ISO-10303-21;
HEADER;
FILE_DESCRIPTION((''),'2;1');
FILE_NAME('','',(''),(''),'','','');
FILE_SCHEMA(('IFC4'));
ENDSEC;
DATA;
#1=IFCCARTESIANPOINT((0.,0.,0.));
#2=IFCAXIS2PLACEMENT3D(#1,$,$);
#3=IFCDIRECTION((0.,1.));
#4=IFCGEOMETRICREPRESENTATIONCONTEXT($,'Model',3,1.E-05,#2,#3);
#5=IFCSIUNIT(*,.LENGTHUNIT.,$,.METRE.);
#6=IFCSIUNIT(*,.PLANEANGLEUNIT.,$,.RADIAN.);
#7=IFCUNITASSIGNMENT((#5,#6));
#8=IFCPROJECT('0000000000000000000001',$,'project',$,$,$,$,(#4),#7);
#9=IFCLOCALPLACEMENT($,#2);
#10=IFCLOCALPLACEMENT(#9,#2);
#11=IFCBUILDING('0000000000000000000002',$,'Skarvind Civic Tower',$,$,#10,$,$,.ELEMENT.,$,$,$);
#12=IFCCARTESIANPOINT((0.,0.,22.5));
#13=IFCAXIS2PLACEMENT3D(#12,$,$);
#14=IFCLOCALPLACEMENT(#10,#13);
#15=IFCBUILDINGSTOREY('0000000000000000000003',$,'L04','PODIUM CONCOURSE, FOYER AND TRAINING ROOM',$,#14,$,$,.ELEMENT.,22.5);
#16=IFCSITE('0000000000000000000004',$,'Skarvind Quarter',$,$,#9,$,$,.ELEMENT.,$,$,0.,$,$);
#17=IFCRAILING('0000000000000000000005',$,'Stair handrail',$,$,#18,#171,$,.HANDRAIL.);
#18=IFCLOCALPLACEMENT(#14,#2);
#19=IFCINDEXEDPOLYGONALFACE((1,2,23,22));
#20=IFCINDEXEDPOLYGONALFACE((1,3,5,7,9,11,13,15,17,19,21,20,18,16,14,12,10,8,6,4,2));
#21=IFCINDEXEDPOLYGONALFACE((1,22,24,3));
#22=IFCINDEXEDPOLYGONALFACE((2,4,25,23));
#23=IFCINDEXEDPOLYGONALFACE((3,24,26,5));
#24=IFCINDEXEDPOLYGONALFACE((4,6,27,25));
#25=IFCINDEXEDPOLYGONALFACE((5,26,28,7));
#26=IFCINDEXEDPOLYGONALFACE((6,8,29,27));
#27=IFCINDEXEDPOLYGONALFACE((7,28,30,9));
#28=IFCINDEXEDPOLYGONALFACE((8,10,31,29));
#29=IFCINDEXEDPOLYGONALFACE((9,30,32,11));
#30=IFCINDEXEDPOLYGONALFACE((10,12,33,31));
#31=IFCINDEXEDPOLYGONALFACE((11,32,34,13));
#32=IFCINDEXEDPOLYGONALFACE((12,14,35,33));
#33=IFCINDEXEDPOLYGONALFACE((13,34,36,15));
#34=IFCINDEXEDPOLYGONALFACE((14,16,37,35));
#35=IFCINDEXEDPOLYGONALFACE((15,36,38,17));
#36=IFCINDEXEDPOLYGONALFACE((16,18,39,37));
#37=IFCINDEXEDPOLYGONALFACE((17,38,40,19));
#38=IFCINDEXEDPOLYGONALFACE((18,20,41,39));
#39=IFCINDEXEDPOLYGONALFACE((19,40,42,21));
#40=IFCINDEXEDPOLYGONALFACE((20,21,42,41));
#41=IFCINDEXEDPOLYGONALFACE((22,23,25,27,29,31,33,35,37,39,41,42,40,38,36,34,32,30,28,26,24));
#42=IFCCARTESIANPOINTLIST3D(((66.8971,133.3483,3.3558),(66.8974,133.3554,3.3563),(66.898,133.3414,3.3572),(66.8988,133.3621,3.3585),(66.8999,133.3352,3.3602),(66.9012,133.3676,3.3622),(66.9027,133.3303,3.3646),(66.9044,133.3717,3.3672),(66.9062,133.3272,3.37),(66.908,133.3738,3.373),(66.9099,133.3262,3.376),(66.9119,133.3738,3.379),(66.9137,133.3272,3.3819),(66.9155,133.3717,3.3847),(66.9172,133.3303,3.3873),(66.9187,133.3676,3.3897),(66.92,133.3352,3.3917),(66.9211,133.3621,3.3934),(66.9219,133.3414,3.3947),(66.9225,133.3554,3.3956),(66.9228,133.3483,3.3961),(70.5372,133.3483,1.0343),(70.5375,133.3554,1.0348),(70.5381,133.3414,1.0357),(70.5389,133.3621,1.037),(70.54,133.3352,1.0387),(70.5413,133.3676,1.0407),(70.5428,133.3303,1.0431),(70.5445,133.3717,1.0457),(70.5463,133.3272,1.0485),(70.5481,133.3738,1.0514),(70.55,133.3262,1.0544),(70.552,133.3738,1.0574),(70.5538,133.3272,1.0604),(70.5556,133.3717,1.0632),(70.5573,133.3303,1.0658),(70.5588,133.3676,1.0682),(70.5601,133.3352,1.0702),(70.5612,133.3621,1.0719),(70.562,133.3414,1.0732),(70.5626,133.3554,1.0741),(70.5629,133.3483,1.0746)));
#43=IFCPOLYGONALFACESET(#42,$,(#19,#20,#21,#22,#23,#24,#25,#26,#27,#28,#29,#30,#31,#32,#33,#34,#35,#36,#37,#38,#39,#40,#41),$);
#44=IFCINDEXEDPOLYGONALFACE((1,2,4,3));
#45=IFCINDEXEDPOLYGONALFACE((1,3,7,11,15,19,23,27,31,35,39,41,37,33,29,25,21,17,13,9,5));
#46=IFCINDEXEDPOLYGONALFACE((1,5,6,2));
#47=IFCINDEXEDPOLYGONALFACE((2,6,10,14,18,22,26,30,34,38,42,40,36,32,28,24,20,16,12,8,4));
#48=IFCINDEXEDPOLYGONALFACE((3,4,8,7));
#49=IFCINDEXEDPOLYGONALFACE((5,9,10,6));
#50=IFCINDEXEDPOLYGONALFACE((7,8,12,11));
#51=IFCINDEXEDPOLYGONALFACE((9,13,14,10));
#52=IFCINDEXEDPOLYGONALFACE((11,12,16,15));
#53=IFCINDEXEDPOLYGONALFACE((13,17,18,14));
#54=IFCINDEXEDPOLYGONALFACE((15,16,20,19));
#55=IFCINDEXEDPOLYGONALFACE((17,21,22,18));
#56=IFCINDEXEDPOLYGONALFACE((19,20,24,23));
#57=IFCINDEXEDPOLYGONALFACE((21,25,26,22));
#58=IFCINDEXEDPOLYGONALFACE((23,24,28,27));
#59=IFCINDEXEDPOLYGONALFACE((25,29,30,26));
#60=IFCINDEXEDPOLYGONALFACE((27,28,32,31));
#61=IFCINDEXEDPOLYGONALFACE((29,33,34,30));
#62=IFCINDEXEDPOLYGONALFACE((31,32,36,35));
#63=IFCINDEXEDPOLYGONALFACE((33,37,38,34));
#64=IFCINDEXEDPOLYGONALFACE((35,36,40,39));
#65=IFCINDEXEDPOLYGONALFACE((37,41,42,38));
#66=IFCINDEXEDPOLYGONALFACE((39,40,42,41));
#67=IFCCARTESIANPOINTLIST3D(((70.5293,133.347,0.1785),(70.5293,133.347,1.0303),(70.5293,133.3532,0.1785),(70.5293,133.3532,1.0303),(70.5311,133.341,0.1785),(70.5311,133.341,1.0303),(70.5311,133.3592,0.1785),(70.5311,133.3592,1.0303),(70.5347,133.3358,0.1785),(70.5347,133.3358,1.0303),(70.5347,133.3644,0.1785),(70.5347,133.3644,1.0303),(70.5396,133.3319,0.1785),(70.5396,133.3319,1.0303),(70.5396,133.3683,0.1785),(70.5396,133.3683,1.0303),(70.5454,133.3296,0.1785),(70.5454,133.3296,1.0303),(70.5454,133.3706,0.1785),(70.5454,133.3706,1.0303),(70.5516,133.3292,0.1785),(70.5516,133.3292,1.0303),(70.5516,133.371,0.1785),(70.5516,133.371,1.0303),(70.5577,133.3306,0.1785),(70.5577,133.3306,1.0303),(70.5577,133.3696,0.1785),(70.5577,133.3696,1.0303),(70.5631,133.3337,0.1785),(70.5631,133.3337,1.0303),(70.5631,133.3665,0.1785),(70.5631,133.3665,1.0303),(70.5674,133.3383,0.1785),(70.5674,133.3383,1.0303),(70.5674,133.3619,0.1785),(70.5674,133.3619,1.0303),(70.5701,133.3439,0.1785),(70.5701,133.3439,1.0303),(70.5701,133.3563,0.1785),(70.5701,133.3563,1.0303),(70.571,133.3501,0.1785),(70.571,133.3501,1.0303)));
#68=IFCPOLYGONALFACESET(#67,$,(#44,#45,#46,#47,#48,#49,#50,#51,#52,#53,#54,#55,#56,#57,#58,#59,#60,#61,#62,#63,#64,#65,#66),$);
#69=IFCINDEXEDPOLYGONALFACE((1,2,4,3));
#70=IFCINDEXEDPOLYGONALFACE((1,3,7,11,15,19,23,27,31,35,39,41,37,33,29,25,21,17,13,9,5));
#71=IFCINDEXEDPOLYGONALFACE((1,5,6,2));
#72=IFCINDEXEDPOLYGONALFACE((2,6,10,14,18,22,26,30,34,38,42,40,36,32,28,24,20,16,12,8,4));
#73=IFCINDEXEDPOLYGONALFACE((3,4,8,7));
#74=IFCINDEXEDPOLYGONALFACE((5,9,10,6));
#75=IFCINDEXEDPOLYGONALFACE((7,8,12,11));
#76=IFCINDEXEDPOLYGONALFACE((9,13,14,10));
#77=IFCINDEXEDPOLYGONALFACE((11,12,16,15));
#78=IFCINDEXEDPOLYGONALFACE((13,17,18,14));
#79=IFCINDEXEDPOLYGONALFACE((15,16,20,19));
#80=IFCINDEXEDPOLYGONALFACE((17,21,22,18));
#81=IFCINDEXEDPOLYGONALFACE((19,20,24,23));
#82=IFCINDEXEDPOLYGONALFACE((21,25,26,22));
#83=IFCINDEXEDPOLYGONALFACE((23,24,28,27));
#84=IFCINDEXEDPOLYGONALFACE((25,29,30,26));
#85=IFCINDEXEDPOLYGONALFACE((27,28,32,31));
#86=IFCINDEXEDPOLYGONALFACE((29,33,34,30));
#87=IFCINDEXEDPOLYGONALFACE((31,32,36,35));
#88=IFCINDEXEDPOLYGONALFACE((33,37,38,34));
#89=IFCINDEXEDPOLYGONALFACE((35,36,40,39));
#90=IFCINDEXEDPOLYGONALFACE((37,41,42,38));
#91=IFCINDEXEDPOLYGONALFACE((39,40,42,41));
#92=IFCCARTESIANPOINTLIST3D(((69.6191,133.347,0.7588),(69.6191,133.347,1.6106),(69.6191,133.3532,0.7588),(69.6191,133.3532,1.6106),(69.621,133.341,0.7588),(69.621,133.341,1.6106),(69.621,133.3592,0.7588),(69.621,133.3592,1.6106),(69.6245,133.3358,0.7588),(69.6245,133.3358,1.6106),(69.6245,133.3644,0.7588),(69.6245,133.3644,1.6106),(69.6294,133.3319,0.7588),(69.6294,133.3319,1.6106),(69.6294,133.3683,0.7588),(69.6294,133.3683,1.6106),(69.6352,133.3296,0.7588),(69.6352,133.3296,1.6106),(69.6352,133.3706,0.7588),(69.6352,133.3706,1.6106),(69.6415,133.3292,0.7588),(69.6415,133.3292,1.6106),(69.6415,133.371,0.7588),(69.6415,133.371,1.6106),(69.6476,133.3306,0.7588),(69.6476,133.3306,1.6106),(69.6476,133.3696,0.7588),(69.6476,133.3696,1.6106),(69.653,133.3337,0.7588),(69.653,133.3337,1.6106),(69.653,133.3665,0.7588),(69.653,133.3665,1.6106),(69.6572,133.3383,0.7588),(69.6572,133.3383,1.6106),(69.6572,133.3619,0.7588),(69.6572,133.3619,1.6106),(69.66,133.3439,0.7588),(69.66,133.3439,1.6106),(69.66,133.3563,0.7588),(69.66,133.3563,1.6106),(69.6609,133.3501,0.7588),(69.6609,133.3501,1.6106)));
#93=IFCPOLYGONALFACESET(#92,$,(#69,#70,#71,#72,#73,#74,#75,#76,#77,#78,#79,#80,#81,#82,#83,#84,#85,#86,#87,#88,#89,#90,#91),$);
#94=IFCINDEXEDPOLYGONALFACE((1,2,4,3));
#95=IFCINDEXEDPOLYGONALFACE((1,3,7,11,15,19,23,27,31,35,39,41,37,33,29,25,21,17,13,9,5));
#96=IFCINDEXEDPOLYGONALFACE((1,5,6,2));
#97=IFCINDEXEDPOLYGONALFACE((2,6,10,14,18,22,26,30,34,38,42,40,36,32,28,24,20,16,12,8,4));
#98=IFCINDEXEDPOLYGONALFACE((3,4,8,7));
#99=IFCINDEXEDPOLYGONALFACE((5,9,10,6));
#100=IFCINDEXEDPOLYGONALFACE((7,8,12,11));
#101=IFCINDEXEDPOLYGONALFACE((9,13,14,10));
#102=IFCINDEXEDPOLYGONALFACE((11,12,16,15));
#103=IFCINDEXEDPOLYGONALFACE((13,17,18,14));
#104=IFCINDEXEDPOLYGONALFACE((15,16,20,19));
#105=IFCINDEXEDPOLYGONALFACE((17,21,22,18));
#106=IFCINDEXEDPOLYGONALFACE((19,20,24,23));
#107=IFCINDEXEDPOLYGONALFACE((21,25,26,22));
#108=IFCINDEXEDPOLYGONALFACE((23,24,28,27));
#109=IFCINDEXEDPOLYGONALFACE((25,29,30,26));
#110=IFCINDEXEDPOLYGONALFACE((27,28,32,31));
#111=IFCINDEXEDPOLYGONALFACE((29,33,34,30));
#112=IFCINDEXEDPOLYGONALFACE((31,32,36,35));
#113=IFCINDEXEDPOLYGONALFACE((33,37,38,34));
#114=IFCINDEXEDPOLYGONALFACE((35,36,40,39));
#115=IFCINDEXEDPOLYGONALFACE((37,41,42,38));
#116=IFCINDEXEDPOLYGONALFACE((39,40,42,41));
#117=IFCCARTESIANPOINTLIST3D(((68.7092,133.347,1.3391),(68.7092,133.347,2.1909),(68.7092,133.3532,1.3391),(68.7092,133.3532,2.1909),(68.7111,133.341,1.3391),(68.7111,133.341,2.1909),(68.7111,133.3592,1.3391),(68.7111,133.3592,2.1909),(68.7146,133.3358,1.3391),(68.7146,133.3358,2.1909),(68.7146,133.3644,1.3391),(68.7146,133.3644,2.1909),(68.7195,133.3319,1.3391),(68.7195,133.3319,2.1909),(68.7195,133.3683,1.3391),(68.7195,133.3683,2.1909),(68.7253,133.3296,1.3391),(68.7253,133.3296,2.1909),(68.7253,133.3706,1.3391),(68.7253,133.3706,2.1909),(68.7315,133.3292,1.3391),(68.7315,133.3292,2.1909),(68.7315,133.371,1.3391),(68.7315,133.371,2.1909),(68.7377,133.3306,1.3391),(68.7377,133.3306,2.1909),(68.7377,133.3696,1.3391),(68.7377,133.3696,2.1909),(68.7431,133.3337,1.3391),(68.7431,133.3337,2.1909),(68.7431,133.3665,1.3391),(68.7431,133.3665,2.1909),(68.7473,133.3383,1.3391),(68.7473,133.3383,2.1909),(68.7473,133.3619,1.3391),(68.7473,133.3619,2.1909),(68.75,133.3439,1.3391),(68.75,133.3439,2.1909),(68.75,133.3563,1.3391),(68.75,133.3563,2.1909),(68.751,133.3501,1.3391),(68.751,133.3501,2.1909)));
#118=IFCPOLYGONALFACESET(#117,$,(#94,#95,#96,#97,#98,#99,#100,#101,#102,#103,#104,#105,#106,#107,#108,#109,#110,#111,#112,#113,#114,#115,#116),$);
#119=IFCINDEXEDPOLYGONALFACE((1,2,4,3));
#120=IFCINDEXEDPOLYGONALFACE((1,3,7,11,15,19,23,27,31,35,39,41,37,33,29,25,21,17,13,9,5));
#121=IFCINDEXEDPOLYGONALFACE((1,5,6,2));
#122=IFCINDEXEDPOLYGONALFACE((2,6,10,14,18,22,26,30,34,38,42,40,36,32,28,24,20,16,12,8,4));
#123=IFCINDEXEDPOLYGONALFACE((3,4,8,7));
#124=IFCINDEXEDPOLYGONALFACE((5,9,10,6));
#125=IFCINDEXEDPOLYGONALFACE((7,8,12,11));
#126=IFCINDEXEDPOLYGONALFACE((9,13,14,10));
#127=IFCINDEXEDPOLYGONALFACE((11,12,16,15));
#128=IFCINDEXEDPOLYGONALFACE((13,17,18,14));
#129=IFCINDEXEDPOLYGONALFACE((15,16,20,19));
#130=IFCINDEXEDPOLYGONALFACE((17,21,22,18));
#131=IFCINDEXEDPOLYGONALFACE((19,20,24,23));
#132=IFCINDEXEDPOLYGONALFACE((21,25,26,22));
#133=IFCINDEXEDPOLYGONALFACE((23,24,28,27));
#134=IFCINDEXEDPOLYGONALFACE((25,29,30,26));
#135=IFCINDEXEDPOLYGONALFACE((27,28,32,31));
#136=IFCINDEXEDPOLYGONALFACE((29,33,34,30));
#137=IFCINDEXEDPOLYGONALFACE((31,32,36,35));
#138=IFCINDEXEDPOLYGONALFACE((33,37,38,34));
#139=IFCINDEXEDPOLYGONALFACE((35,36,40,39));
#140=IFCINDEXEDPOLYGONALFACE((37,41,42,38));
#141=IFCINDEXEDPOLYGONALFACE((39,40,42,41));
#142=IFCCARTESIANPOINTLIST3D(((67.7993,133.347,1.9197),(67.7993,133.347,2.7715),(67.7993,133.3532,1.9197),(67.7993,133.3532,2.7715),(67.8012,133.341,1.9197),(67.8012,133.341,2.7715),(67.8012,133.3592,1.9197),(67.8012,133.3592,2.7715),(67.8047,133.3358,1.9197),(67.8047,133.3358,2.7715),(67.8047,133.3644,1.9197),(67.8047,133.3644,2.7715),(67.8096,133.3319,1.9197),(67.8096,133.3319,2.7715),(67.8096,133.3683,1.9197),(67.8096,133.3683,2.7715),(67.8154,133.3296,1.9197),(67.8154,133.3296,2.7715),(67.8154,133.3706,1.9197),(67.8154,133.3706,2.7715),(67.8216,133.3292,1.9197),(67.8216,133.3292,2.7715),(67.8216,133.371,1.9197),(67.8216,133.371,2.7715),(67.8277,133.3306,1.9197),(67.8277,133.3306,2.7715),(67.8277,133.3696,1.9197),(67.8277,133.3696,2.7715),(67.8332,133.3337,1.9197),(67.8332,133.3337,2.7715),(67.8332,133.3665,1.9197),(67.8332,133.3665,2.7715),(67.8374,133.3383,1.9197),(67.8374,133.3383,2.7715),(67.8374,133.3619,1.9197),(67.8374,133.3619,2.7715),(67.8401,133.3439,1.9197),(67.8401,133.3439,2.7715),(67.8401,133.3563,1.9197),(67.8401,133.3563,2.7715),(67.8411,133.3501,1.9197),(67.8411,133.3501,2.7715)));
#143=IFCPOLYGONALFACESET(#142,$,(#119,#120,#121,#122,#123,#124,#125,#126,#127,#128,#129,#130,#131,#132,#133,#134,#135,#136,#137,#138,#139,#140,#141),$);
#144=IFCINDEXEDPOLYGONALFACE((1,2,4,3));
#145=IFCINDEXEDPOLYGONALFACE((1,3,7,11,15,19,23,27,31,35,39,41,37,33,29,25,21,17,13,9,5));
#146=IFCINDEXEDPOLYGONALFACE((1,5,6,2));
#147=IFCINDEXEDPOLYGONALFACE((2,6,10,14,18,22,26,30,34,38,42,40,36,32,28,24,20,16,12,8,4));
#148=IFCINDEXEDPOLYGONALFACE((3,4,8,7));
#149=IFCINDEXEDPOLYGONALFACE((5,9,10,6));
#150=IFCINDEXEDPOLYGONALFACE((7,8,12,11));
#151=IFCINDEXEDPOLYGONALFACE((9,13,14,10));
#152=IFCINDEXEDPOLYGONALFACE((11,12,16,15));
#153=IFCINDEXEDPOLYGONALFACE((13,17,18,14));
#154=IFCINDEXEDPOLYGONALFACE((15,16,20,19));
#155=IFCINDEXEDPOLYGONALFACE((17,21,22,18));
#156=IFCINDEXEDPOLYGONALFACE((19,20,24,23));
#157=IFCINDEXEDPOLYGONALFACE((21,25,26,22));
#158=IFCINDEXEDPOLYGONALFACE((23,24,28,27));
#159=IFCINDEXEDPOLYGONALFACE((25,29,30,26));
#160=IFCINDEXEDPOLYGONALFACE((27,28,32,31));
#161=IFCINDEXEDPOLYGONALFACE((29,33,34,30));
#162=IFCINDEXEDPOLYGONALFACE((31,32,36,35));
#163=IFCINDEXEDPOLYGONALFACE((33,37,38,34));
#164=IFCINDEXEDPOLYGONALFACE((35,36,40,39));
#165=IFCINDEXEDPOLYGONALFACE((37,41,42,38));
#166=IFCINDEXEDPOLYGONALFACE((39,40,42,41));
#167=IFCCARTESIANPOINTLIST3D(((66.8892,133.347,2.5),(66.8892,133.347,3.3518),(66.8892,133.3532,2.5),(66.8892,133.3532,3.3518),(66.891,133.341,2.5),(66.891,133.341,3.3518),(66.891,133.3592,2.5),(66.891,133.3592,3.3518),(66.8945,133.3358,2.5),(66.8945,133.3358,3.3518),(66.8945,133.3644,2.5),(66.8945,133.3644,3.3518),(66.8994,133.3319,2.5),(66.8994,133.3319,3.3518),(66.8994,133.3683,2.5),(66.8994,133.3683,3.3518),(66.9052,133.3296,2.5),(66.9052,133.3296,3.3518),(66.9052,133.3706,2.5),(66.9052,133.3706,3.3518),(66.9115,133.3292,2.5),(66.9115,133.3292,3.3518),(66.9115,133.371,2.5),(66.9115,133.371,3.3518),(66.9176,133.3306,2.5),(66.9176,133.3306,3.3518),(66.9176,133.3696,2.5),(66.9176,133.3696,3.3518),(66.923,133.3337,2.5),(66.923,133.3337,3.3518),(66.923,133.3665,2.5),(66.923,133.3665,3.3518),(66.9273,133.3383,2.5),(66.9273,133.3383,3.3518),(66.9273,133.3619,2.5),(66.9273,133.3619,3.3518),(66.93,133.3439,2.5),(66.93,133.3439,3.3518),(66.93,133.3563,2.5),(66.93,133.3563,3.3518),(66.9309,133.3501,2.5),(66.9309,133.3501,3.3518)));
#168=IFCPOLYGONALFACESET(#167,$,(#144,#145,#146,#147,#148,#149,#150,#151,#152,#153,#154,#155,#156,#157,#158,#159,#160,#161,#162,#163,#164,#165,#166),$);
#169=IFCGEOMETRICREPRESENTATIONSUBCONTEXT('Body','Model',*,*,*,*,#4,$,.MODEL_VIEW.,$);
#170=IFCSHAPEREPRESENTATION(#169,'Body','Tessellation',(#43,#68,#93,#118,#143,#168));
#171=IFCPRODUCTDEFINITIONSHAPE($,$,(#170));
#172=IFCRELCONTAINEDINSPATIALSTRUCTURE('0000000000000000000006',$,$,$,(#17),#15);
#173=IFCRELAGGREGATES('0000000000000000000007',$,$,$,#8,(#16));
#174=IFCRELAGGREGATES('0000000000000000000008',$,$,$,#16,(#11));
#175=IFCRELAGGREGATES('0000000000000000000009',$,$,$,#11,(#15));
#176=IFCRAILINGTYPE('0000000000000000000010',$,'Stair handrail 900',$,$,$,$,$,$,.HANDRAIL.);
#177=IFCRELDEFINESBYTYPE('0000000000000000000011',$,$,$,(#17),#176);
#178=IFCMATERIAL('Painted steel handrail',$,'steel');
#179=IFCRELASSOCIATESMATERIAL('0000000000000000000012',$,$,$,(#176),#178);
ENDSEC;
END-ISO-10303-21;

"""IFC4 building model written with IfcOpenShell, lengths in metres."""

from ifc_helpers import new_model, si_unit, direction, frame, origin, origin_2d, place, context, subcontext, project, spatial, circle, extrude, material, type_object, element, save


model = new_model("IFC4")

# Units and contexts
model_context = context("Model", 3, precision=1e-05, world=origin(), true_north=direction((0.0, 1.0)))
body_context = subcontext(model_context, "Body", "Model", "MODEL_VIEW")
ifc_project = project(units=[si_unit("LENGTHUNIT", "METRE"), si_unit("PLANEANGLEUNIT", "RADIAN")], contexts=[model_context])

# Site, building, storey
site_placement = place(None, origin())
site = spatial("IfcSite", under=ifc_project, at=site_placement, Name="Skarvind Quarter", CompositionType="ELEMENT", RefElevation=0.0)
building_placement = place(site_placement, origin())
building = spatial("IfcBuilding", under=site, at=building_placement, Name="Skarvind Civic Tower", CompositionType="ELEMENT")
storey_placement = place(building_placement, frame((0.0, 0.0, 22.5)))
storey = spatial("IfcBuildingStorey", under=building, at=storey_placement, Name="L04", Description="PODIUM CONCOURSE, FOYER AND TRAINING ROOM", CompositionType="ELEMENT", Elevation=22.5)

# Railing
ifc_material_1 = material(Name="Painted steel handrail", Category="steel")
railing_type = type_object("IfcRailingType", Name="Stair handrail 900", PredefinedType="HANDRAIL", material=ifc_material_1)
railing_1_placement = place(storey_placement, frame((70.55, 133.3501, 0.1785)))
element("IfcRailing", 1, at=railing_1_placement, inside=storey, type_object=railing_type, Name="Stair handrail", PredefinedType="HANDRAIL", context=body_context, shape_type="SweptSolid", body=[
    extrude(circle(Radius=0.0239, at=origin_2d()), frame((0.0, 0.0, 0.876), z_axis=(-0.843128, 0.0, 0.537713), x_axis=(0.0, -1.0, 0.0)), (0.0, 0.0, 1.0), 4.3174),
    extrude(circle(Radius=0.021, at=origin_2d()), origin(), (0.0, 0.0, 1.0), 0.8518),
    extrude(circle(Radius=0.021, at=origin_2d()), frame((-0.9102, 0.0, 0.5803)), (0.0, 0.0, 1.0), 0.8518),
    extrude(circle(Radius=0.021, at=origin_2d()), frame((-1.8201, 0.0, 1.1606)), (0.0, 0.0, 1.0), 0.8518),
    extrude(circle(Radius=0.021, at=origin_2d()), frame((-2.73, 0.0, 1.7412)), (0.0, 0.0, 1.0), 0.8518),
    extrude(circle(Radius=0.021, at=origin_2d()), frame((-3.6401, 0.0, 2.3215)), (0.0, 0.0, 1.0), 0.8518),
])

save(model, "model.ifc")
